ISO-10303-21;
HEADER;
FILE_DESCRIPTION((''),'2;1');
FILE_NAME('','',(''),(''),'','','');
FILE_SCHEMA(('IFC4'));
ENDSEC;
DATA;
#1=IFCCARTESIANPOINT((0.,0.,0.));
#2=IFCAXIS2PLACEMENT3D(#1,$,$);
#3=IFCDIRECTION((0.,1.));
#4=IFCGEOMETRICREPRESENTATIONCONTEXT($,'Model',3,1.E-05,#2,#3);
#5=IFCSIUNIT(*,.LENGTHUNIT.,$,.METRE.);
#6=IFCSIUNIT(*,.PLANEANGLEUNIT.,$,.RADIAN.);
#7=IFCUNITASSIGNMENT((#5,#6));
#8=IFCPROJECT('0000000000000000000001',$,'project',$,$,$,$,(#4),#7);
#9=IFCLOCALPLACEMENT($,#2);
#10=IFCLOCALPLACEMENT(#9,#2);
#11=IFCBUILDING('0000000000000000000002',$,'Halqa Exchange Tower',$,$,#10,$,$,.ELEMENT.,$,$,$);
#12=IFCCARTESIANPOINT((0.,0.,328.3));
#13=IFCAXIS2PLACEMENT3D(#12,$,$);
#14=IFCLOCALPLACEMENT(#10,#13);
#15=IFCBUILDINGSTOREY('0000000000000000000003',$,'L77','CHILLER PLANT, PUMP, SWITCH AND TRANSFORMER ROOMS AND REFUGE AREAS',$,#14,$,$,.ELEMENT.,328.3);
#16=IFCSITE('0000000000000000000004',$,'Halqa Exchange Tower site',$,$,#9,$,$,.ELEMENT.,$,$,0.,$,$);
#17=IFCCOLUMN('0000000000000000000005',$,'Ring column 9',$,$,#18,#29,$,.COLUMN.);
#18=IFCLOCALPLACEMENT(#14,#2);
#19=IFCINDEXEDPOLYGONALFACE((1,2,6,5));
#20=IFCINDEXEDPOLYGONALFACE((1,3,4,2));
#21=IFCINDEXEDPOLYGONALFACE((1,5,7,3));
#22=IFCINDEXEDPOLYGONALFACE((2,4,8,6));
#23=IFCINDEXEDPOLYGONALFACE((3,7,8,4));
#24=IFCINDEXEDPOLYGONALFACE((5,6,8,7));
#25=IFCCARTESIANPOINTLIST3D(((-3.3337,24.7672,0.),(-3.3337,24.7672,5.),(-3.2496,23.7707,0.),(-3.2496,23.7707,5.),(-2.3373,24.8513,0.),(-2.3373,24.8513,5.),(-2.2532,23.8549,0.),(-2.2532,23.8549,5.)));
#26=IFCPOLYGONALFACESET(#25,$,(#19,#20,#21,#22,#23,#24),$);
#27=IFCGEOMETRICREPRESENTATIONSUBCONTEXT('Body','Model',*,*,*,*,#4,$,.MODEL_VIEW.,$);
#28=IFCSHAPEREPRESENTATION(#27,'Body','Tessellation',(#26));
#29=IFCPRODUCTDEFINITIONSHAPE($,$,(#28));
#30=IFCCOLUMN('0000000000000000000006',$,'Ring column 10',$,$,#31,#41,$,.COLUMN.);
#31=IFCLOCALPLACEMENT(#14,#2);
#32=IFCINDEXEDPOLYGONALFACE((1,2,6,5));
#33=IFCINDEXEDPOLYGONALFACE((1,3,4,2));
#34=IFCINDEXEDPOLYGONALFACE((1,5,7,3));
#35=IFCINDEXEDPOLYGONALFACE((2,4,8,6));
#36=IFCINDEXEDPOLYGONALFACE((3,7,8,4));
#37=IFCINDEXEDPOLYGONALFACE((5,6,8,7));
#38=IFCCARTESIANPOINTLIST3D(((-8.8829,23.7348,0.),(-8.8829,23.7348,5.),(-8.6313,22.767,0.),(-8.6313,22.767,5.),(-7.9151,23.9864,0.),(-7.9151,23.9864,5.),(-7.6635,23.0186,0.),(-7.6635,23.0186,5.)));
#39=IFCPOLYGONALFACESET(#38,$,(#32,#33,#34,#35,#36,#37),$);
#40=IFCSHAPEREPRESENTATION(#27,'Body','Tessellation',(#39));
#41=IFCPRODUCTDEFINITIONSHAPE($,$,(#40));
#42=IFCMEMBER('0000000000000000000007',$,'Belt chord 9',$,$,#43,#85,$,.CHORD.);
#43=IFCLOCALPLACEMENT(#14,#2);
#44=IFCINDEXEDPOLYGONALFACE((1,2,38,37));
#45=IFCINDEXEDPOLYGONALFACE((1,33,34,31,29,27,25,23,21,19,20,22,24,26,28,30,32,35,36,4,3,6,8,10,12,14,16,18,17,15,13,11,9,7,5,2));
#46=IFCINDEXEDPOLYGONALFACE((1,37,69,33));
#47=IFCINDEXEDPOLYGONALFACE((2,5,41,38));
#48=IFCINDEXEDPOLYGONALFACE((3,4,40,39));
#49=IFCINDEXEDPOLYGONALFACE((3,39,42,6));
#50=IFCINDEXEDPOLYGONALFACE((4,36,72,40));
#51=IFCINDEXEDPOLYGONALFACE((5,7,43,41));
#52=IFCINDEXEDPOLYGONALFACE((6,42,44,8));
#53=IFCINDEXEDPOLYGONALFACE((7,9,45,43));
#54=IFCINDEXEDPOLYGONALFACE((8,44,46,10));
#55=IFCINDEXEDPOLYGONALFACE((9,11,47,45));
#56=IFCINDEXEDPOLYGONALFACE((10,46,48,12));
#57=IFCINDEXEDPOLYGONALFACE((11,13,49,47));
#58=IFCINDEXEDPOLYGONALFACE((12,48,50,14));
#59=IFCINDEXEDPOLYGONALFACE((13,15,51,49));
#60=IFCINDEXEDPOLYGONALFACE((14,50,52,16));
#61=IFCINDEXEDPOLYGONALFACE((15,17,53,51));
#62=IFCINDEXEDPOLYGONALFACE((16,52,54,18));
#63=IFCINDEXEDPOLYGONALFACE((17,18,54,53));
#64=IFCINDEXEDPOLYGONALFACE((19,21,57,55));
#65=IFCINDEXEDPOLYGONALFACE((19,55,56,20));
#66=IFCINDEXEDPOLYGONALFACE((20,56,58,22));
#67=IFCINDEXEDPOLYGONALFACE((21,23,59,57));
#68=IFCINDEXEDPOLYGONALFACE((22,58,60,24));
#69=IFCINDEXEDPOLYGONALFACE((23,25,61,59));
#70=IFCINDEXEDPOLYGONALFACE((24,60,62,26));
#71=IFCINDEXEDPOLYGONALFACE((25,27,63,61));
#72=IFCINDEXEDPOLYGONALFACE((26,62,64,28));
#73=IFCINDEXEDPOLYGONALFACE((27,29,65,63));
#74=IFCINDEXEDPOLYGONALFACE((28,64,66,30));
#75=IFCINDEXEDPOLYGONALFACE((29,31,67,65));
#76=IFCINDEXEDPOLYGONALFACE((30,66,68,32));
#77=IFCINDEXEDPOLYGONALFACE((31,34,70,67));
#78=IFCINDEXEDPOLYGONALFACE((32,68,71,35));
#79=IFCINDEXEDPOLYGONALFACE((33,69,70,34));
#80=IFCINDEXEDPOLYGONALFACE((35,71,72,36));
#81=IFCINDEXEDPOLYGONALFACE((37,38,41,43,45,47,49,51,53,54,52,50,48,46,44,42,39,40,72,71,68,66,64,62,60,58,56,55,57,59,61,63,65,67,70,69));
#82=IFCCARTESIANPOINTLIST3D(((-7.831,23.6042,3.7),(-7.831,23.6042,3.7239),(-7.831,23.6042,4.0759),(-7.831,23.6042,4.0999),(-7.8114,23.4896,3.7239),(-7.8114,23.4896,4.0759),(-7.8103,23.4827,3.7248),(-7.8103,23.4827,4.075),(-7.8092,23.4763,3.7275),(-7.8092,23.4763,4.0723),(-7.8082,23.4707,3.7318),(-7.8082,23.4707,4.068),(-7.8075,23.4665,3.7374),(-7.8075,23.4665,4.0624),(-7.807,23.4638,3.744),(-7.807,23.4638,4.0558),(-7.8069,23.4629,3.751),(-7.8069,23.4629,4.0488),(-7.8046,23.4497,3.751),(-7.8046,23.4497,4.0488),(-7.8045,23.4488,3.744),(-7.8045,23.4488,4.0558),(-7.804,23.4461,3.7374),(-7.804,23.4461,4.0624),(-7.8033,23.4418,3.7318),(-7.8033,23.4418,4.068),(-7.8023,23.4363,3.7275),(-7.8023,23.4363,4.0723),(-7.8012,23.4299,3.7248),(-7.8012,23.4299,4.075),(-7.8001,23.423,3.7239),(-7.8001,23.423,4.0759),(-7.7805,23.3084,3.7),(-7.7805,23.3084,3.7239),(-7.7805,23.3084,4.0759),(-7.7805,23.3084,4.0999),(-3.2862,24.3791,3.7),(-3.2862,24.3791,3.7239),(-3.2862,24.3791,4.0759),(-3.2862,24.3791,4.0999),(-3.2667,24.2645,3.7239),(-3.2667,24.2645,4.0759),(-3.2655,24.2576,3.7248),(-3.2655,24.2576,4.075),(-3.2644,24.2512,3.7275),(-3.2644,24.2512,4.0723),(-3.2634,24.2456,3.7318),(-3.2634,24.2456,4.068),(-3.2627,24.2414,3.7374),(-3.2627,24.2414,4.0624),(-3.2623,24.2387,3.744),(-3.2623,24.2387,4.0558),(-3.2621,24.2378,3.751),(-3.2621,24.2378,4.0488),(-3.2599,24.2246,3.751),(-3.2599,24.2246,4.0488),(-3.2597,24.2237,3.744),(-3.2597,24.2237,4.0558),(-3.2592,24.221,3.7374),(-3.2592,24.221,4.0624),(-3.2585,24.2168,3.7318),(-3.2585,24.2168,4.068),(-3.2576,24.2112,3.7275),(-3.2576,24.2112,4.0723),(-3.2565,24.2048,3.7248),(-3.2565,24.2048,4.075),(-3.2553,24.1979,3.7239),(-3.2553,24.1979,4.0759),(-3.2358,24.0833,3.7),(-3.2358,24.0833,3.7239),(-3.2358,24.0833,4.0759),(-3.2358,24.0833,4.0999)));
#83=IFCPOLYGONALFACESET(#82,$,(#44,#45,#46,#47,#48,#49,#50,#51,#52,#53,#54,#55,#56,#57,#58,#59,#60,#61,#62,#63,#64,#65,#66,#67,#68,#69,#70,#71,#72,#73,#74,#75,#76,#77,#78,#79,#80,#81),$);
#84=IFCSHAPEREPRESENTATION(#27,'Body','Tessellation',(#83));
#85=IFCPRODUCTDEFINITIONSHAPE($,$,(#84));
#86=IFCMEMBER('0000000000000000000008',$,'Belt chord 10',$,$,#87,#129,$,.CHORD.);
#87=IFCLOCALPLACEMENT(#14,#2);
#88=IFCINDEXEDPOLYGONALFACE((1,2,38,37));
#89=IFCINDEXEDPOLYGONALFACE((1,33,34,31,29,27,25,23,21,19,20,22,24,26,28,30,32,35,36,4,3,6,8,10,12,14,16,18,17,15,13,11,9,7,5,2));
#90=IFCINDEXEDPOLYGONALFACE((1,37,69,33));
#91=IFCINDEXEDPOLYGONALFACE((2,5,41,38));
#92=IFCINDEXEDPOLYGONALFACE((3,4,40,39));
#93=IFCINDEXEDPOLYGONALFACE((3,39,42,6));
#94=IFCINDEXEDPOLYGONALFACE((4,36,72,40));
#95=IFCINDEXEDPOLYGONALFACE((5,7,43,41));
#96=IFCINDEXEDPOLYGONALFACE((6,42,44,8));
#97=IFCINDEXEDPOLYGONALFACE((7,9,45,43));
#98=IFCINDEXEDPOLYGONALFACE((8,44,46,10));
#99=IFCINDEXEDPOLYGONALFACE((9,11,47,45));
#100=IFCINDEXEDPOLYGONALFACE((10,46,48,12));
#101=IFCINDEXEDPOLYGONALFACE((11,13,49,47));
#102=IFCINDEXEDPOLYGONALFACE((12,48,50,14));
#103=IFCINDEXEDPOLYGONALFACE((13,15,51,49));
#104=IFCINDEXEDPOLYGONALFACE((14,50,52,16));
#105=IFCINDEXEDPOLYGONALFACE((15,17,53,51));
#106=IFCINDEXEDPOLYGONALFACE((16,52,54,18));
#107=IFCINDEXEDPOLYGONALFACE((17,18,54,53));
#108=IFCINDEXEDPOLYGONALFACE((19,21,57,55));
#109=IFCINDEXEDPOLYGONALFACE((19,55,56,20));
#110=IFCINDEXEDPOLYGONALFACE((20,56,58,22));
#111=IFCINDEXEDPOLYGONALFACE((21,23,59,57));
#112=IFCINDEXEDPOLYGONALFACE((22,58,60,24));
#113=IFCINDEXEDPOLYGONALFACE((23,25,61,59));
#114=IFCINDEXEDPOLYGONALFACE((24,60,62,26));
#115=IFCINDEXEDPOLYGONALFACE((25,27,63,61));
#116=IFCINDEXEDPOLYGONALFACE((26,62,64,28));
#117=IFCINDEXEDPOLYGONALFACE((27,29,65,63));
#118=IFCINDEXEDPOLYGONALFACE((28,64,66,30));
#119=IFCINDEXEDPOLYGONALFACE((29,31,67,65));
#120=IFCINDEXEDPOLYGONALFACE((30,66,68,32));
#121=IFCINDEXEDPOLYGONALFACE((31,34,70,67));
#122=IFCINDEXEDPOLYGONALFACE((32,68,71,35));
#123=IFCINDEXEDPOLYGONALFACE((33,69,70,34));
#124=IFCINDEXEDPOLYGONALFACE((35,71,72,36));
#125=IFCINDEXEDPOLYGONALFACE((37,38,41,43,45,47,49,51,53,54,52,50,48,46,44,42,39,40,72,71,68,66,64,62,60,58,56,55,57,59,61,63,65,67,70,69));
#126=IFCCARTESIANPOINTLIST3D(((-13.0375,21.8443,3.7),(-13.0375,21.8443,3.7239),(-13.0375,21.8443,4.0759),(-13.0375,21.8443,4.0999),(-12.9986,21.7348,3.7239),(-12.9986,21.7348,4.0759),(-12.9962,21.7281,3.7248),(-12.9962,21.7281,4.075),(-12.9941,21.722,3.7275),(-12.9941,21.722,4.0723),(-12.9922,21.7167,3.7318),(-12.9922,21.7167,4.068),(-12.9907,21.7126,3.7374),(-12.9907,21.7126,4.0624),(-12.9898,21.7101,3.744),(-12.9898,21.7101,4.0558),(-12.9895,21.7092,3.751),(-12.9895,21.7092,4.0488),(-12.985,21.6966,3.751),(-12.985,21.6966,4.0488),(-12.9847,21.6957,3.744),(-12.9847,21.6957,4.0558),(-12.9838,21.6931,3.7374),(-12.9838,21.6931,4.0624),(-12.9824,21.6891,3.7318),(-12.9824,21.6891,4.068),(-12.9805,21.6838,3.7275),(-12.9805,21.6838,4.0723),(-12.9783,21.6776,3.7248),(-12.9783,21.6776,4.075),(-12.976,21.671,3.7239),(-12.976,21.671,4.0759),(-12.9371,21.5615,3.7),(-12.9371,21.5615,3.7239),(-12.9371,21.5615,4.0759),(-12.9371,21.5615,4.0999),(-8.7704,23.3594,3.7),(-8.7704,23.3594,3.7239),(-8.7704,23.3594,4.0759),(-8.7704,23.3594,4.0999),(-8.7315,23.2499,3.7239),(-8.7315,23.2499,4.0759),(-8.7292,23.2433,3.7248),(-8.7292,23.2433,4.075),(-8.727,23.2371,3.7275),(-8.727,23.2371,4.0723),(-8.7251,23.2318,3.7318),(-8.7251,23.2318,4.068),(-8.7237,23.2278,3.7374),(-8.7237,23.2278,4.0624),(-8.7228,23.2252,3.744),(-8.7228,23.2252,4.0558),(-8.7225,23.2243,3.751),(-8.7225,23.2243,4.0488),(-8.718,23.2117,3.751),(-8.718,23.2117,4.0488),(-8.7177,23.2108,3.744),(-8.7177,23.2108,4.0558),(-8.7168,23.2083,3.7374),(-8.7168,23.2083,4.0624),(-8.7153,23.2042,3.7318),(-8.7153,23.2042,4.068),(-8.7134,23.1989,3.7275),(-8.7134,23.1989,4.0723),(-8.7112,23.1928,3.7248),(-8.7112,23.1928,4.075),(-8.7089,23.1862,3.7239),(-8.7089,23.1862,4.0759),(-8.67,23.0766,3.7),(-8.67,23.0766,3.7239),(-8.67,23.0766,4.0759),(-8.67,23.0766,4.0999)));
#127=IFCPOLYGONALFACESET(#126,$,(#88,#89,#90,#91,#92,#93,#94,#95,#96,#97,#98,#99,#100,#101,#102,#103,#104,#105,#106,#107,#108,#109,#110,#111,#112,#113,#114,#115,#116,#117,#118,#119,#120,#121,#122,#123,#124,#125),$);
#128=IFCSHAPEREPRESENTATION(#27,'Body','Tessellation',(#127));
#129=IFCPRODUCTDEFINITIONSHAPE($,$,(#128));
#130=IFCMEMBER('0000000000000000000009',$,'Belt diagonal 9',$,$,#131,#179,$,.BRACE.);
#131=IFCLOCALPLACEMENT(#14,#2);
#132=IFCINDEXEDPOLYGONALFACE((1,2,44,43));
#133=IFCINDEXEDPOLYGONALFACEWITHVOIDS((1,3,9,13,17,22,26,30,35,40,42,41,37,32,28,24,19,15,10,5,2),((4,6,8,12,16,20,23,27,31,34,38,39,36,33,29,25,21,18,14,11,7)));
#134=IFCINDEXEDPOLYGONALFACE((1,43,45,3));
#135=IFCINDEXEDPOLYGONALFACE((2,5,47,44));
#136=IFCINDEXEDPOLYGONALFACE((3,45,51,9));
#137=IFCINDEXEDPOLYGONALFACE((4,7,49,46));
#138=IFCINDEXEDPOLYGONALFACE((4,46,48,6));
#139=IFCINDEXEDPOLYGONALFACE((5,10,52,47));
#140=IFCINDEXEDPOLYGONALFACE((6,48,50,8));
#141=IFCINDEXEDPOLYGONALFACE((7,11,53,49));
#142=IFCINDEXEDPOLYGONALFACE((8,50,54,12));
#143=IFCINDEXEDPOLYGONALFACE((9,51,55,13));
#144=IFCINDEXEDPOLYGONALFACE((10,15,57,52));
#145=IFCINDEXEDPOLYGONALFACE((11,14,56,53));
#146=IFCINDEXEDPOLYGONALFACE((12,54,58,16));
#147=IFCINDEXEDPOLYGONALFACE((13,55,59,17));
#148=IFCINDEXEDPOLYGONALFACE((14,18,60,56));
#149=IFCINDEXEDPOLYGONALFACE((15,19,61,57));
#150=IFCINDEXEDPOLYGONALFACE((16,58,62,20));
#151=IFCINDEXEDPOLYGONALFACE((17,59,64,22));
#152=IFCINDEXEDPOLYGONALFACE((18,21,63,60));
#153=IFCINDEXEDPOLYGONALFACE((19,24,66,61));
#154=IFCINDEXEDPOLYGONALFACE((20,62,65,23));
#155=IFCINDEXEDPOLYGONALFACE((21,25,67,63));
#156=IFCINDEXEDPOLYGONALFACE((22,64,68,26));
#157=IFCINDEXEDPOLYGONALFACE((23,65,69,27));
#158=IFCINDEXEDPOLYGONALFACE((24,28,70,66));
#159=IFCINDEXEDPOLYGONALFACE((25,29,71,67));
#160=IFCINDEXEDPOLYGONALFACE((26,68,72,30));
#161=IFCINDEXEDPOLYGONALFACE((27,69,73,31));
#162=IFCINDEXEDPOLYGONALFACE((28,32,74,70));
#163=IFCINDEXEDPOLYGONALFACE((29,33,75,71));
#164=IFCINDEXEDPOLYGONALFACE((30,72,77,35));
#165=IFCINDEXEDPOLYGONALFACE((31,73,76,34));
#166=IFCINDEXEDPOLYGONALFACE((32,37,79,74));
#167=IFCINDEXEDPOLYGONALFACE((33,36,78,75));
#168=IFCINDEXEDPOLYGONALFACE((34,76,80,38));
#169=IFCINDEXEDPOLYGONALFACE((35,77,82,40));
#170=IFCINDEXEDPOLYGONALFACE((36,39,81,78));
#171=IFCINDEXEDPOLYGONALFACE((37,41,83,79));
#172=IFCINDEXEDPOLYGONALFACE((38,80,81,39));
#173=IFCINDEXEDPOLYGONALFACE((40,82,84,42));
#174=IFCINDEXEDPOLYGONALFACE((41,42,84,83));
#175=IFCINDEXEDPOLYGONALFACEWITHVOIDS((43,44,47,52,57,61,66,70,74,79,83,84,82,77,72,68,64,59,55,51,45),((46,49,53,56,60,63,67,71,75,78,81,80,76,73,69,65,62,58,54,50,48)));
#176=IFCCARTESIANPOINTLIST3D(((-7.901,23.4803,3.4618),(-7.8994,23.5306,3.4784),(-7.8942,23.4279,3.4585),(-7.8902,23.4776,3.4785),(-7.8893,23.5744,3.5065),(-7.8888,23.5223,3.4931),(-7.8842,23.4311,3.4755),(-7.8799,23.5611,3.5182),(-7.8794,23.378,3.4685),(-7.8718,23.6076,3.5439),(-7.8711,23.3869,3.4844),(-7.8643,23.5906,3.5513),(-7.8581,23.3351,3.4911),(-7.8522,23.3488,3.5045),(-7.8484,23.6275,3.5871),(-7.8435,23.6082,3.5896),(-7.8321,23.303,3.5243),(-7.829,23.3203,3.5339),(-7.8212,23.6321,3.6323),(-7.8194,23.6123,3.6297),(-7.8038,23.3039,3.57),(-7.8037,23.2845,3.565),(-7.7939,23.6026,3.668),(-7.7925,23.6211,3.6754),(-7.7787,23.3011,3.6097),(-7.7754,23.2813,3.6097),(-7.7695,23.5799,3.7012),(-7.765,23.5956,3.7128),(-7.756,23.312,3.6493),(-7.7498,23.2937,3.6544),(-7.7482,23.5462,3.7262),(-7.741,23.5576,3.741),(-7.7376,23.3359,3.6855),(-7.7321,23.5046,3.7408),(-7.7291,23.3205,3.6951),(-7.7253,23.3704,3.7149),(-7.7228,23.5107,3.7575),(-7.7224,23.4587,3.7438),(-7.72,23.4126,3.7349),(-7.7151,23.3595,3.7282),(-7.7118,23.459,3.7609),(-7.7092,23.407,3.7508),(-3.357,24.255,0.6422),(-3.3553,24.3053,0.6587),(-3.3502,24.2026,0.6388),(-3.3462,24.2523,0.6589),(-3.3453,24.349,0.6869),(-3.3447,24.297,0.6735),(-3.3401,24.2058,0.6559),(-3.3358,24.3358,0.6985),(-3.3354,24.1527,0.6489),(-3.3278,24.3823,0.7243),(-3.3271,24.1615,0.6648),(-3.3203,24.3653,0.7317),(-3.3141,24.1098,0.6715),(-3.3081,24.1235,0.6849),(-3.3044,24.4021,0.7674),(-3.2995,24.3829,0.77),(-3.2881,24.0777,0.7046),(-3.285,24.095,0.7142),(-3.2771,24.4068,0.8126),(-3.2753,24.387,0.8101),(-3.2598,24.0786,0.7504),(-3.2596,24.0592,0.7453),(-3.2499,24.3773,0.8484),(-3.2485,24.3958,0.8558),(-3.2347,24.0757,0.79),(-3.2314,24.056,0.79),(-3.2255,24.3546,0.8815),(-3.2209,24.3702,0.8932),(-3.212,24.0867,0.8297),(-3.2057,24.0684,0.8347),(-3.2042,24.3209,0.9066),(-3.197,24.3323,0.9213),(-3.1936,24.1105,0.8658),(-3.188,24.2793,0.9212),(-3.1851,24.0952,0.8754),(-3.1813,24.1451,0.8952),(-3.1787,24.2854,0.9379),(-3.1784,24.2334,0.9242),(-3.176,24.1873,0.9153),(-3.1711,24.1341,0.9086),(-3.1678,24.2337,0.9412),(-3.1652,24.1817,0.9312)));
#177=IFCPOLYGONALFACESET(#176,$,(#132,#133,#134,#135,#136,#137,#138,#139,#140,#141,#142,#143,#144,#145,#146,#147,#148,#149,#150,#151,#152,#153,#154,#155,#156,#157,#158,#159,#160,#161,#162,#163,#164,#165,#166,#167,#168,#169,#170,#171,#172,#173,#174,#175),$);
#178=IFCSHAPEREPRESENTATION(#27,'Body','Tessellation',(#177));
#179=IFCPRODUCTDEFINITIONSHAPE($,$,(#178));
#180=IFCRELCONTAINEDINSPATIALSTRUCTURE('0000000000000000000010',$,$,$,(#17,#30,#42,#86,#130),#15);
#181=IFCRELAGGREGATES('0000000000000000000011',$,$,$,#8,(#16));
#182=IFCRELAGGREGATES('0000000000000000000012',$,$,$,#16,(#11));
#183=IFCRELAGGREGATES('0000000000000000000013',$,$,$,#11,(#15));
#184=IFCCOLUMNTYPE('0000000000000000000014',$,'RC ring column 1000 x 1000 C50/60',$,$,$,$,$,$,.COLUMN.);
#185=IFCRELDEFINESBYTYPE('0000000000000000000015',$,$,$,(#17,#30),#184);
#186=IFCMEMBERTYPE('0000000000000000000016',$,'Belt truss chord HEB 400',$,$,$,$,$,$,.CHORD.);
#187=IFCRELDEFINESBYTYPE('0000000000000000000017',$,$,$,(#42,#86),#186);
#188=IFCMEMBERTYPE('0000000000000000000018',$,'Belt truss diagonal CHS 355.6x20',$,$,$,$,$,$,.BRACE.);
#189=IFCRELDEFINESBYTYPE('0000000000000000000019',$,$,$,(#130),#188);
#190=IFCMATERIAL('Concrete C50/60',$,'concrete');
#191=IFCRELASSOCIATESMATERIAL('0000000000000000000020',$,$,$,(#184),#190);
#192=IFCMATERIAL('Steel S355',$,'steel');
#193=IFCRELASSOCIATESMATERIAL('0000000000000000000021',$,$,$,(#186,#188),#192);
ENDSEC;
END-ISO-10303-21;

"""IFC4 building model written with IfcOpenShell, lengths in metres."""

from ifc_helpers import new_model, si_unit, direction, frame, origin, origin_2d, place, context, subcontext, project, spatial, rectangle, hollow_circle, i_section, extrude, material, material_profile, profile_set, type_object, element, save


model = new_model("IFC4")

# Units and contexts
model_context = context("Model", 3, precision=1e-05, world=origin(), true_north=direction((0.0, 1.0)))
body_context = subcontext(model_context, "Body", "Model", "MODEL_VIEW")
ifc_project = project(units=[si_unit("LENGTHUNIT", "METRE"), si_unit("PLANEANGLEUNIT", "RADIAN")], contexts=[model_context])

# Site, building, storey
site_placement = place(None, origin())
site = spatial("IfcSite", under=ifc_project, at=site_placement, Name="Halqa Exchange Tower site", CompositionType="ELEMENT", RefElevation=0.0)
building_placement = place(site_placement, origin())
building = spatial("IfcBuilding", under=site, at=building_placement, Name="Halqa Exchange Tower", CompositionType="ELEMENT")
storey_placement = place(building_placement, frame((0.0, 0.0, 328.3)))
storey = spatial("IfcBuildingStorey", under=building, at=storey_placement, Name="L77", Description="CHILLER PLANT, PUMP, SWITCH AND TRANSFORMER ROOMS AND REFUGE AREAS", CompositionType="ELEMENT", Elevation=328.3)

# Columns
ifc_material_1 = material(Name="Concrete C50/60", Category="concrete")
ifc_material_profile_1 = material_profile(ifc_material_1, rectangle(XDim=1.0, YDim=1.0, at=origin_2d()), Name="1000 x 1000")
ifc_profile_set_1 = profile_set([ifc_material_profile_1], Name="Concrete C50/60")
column_type = type_object("IfcColumnType", Name="RC ring column 1000 x 1000 C50/60", PredefinedType="COLUMN", material=ifc_profile_set_1)
for number, where, z_axis, x_axis, name in (
    (1, (-2.7935, 24.311, 0.0), (0.0, 0.0, 1.0), (-0.996455, -0.084127, 0.0), "Ring column 9"),
    (2, (-8.2732, 23.3767, 0.0), (0.0, 0.0, 1.0), (-0.967819, -0.251647, 0.0), "Ring column 10"),
):
    element("IfcColumn", number, at=place(storey_placement, frame(where, z_axis=z_axis, x_axis=x_axis)), inside=storey, type_object=column_type, Name=name, PredefinedType="COLUMN", context=body_context, shape_type="SweptSolid", body=[
        extrude(rectangle(XDim=1.0, YDim=1.0, at=origin_2d()), origin(), (0.0, 0.0, 1.0), 5.0),
    ])

# Members
ifc_material_2 = material(Name="Steel S355", Category="steel")
ifc_material_profile_2 = material_profile(ifc_material_2, i_section(OverallWidth=0.3, OverallDepth=0.3999, WebThickness=0.0134, FlangeThickness=0.0239, FilletRadius=0.0271, at=origin_2d()), Name="HEB 400")
ifc_profile_set_2 = profile_set([ifc_material_profile_2], Name="Steel S355")
member_type_1 = type_object("IfcMemberType", Name="Belt truss chord HEB 400", PredefinedType="CHORD", material=ifc_profile_set_2)
member_1_placement = place(storey_placement, frame((-3.261, 24.2312, 3.8999), z_axis=(-0.985773, -0.168082, 0.0), x_axis=(0.168082, -0.985773, 0.0)))
element("IfcMember", 3, at=member_1_placement, inside=storey, type_object=member_type_1, Name="Belt chord 9", PredefinedType="CHORD", context=body_context, shape_type="SweptSolid", body=[
    extrude(i_section(OverallWidth=0.3, OverallDepth=0.3999, WebThickness=0.0134, FlangeThickness=0.0239, FilletRadius=0.0271, at=origin_2d()), origin(), (0.0, 0.0, 1.0), 4.6104),
])
member_2_placement = place(storey_placement, frame((-8.7202, 23.218, 3.8999), z_axis=(-0.942358, -0.334608, 0.0), x_axis=(0.334608, -0.942358, 0.0)))
element("IfcMember", 4, at=member_2_placement, inside=storey, type_object=member_type_1, Name="Belt chord 10", PredefinedType="CHORD", context=body_context, shape_type="SweptSolid", body=[
    extrude(i_section(OverallWidth=0.3, OverallDepth=0.3999, WebThickness=0.0134, FlangeThickness=0.0239, FilletRadius=0.0271, at=origin_2d()), origin(), (0.0, 0.0, 1.0), 4.5281),
])
ifc_material_profile_3 = material_profile(ifc_material_2, hollow_circle(Radius=0.1777, WallThickness=0.02, at=origin_2d()), Name="CHS 355.6x20")
ifc_profile_set_3 = profile_set([ifc_material_profile_3], Name="Steel S355")
member_type_2 = type_object("IfcMemberType", Name="Belt truss diagonal CHS 355.6x20", PredefinedType="BRACE", material=ifc_profile_set_3)
member_3_placement = place(storey_placement, frame((-3.2612, 24.2312, 0.79), z_axis=(-0.84093, -0.143363, 0.521808), x_axis=(0.168057, -0.985777, 0.0)))
element("IfcMember", 5, at=member_3_placement, inside=storey, type_object=member_type_2, Name="Belt diagonal 9", PredefinedType="BRACE", context=body_context, shape_type="SweptSolid", body=[
    extrude(hollow_circle(Radius=0.1777, WallThickness=0.02, at=origin_2d()), origin(), (0.0, 0.0, 1.0), 5.4036),
])

save(model, "model.ifc")
